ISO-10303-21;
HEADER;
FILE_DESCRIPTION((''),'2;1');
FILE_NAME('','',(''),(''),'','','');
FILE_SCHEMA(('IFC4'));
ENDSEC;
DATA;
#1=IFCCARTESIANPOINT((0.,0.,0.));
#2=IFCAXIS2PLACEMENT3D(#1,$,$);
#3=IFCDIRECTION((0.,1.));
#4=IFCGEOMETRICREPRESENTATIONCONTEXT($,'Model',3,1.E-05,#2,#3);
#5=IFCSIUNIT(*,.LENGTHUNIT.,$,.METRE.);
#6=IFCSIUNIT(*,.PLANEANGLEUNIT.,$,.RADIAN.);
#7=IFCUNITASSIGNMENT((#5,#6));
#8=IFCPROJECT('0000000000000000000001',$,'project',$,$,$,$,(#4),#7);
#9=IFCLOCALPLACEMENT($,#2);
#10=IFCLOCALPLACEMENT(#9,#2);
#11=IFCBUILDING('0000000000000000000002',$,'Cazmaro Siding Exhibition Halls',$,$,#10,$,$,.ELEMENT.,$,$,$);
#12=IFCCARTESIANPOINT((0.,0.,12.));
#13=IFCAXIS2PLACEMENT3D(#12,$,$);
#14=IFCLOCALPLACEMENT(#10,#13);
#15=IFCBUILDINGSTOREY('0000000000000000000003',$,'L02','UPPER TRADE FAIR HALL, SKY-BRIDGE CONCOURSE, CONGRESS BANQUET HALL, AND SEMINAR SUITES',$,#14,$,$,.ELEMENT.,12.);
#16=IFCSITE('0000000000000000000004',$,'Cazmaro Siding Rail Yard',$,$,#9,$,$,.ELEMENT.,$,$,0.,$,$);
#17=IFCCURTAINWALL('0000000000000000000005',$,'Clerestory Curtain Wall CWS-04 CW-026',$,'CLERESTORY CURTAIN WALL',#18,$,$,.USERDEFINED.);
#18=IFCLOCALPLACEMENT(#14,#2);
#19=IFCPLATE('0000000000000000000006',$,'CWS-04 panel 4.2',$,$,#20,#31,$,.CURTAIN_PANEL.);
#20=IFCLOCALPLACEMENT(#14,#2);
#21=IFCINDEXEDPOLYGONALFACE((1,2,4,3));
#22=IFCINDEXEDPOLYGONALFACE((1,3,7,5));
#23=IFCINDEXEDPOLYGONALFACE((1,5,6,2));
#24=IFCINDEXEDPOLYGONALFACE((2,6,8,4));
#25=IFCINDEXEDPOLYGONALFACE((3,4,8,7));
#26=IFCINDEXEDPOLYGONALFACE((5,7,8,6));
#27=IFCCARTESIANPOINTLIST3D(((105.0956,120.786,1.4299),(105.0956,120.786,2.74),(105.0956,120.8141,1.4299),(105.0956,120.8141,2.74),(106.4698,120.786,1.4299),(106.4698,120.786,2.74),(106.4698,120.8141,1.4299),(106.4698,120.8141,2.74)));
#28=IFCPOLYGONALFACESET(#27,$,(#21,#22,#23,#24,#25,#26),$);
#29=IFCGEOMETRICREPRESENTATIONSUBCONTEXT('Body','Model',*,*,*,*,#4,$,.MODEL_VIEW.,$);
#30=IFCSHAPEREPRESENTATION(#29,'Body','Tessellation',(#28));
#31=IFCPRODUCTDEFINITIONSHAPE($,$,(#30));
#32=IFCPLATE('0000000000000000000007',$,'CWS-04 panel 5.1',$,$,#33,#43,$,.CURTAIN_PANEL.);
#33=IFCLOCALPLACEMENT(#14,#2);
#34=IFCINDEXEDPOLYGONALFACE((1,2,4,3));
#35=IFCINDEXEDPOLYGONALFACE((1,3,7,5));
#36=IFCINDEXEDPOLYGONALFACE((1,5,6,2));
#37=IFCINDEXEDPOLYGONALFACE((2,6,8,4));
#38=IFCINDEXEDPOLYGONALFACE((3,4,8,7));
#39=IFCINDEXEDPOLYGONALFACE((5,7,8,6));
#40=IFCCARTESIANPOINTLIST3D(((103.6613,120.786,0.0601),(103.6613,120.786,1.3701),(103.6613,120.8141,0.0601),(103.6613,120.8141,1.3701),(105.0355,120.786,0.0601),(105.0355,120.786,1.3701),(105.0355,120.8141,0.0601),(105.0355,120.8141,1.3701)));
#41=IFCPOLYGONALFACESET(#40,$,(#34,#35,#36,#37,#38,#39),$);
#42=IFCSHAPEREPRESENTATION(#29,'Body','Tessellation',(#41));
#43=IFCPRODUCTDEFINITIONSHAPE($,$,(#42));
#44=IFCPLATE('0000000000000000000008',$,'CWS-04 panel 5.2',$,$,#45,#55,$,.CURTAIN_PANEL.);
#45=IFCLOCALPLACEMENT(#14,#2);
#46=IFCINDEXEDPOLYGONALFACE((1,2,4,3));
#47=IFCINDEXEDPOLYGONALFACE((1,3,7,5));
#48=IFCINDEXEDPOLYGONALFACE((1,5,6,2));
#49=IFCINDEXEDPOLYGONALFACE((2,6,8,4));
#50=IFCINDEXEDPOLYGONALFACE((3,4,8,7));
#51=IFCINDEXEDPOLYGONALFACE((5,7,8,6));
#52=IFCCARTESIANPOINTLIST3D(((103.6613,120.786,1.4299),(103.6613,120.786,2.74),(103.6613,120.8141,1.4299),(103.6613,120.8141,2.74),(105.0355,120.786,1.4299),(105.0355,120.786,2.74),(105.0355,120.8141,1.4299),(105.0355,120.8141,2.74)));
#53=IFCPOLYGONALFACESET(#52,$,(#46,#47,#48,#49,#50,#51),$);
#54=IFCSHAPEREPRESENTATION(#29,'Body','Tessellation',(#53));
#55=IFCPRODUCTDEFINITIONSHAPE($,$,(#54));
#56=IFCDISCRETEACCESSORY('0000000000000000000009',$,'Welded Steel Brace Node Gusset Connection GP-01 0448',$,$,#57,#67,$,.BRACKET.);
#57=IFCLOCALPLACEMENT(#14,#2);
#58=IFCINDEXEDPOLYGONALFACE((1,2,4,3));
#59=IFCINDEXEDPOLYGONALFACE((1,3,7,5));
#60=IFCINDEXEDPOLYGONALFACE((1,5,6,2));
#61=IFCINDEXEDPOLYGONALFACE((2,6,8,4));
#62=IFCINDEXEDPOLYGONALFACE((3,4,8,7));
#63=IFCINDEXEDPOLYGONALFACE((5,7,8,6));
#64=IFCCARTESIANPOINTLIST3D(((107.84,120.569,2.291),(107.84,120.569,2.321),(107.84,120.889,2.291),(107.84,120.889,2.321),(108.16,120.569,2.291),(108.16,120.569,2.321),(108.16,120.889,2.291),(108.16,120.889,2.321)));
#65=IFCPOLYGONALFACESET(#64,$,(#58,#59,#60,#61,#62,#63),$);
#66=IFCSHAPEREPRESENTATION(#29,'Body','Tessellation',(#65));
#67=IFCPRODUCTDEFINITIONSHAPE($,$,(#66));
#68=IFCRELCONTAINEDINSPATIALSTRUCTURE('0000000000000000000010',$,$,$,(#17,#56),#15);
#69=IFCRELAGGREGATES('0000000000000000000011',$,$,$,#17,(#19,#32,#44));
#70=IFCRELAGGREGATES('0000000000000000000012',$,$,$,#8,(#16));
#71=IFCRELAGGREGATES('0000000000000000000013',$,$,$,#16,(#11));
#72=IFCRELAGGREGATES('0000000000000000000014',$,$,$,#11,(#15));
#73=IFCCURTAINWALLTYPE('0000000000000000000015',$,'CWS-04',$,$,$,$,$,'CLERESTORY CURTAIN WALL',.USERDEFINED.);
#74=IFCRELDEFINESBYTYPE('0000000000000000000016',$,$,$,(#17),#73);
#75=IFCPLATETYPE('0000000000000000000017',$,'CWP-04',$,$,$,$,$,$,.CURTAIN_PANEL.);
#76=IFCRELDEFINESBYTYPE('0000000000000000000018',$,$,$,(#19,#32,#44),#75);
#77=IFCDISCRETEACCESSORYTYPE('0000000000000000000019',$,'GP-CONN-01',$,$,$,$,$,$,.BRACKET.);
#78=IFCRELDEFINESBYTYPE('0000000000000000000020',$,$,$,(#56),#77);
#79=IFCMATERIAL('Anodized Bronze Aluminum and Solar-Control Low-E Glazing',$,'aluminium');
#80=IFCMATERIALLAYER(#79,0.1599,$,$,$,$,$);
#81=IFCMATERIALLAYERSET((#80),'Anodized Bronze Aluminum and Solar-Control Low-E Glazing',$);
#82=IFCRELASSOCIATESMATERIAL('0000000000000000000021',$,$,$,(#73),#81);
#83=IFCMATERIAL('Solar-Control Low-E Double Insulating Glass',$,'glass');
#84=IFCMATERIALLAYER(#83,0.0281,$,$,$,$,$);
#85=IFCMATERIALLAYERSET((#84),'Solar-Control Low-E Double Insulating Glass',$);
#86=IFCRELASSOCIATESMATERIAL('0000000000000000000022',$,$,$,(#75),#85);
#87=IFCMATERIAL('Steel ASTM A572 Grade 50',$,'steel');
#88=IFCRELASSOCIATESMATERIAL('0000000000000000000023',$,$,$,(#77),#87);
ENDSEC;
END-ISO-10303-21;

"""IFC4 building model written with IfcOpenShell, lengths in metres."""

from ifc_helpers import new_model, si_unit, direction, frame, origin, origin_2d, place, context, subcontext, project, spatial, rectangle, extrude, material, layer, layer_set, type_object, element, aggregate, save


model = new_model("IFC4")

# Units and contexts
model_context = context("Model", 3, precision=1e-05, world=origin(), true_north=direction((0.0, 1.0)))
body_context = subcontext(model_context, "Body", "Model", "MODEL_VIEW")
ifc_project = project(units=[si_unit("LENGTHUNIT", "METRE"), si_unit("PLANEANGLEUNIT", "RADIAN")], contexts=[model_context])

# Site, building, storey
site_placement = place(None, origin())
site = spatial("IfcSite", under=ifc_project, at=site_placement, Name="Cazmaro Siding Rail Yard", CompositionType="ELEMENT", RefElevation=0.0)
building_placement = place(site_placement, origin())
building = spatial("IfcBuilding", under=site, at=building_placement, Name="Cazmaro Siding Exhibition Halls", CompositionType="ELEMENT")
storey_placement = place(building_placement, frame((0.0, 0.0, 12.0)))
storey = spatial("IfcBuildingStorey", under=building, at=storey_placement, Name="L02", Description="UPPER TRADE FAIR HALL, SKY-BRIDGE CONCOURSE, CONGRESS BANQUET HALL, AND SEMINAR SUITES", CompositionType="ELEMENT", Elevation=12.0)

# Curtain wall
ifc_material_1 = material(Name="Anodized Bronze Aluminum and Solar-Control Low-E Glazing", Category="aluminium")
ifc_layer_1 = layer(ifc_material_1, 0.1599)
ifc_layer_set_1 = layer_set([ifc_layer_1], Name="Anodized Bronze Aluminum and Solar-Control Low-E Glazing")
curtain_wall_type = type_object("IfcCurtainWallType", Name="CWS-04", ElementType="CLERESTORY CURTAIN WALL", PredefinedType="USERDEFINED", material=ifc_layer_set_1)
curtain_wall_placement = place(storey_placement, origin())
curtain_wall = element("IfcCurtainWall", 1, at=curtain_wall_placement, inside=storey, type_object=curtain_wall_type, Name="Clerestory Curtain Wall CWS-04 CW-026", ObjectType="CLERESTORY CURTAIN WALL", PredefinedType="USERDEFINED")

# Plates
ifc_material_2 = material(Name="Solar-Control Low-E Double Insulating Glass", Category="glass")
ifc_layer_2 = layer(ifc_material_2, 0.0281)
ifc_layer_set_2 = layer_set([ifc_layer_2], Name="Solar-Control Low-E Double Insulating Glass")
plate_type_1 = type_object("IfcPlateType", Name="CWP-04", PredefinedType="CURTAIN_PANEL", material=ifc_layer_set_2)
plate_1_placement = place(storey_placement, frame((105.7827, 120.8, 1.4299), z_axis=(0.0, 0.0, 1.0), x_axis=(-1.0, 0.0, 0.0)))
plate_1 = element("IfcPlate", 2, at=plate_1_placement, type_object=plate_type_1, Name="CWS-04 panel 4.2", PredefinedType="CURTAIN_PANEL", context=body_context, shape_type="SweptSolid", body=[
    extrude(rectangle(XDim=1.3743, YDim=0.0281, at=origin_2d()), origin(), (0.0, 0.0, 1.0), 1.3101),
])
plate_2_placement = place(storey_placement, frame((104.3484, 120.8, 0.0601), z_axis=(0.0, 0.0, 1.0), x_axis=(-1.0, 0.0, 0.0)))
plate_2 = element("IfcPlate", 3, at=plate_2_placement, type_object=plate_type_1, Name="CWS-04 panel 5.1", PredefinedType="CURTAIN_PANEL", context=body_context, shape_type="SweptSolid", body=[
    extrude(rectangle(XDim=1.3743, YDim=0.0281, at=origin_2d()), origin(), (0.0, 0.0, 1.0), 1.3101),
])
plate_3_placement = place(storey_placement, frame((104.3484, 120.8, 1.4299), z_axis=(0.0, 0.0, 1.0), x_axis=(-1.0, 0.0, 0.0)))
plate_3 = element("IfcPlate", 4, at=plate_3_placement, type_object=plate_type_1, Name="CWS-04 panel 5.2", PredefinedType="CURTAIN_PANEL", context=body_context, shape_type="SweptSolid", body=[
    extrude(rectangle(XDim=1.3743, YDim=0.0281, at=origin_2d()), origin(), (0.0, 0.0, 1.0), 1.3101),
])
aggregate(curtain_wall, [plate_1, plate_2, plate_3])

# Discrete accessory
ifc_material_3 = material(Name="Steel ASTM A572 Grade 50", Category="steel")
discrete_accessory_type = type_object("IfcDiscreteAccessoryType", Name="GP-CONN-01", PredefinedType="BRACKET", material=ifc_material_3)
discrete_accessory_placement = place(storey_placement, frame((108.0, 120.729, 2.291), z_axis=(0.0, 0.0, 1.0), x_axis=(1.0, 0.0, 0.0)))
element("IfcDiscreteAccessory", 5, at=discrete_accessory_placement, inside=storey, type_object=discrete_accessory_type, Name="Welded Steel Brace Node Gusset Connection GP-01 0448", PredefinedType="BRACKET", context=body_context, shape_type="SweptSolid", body=[
    extrude(rectangle(XDim=0.3201, YDim=0.3201, at=origin_2d()), origin(), (0.0, 0.0, 1.0), 0.03),
])

save(model, "model.ifc")
